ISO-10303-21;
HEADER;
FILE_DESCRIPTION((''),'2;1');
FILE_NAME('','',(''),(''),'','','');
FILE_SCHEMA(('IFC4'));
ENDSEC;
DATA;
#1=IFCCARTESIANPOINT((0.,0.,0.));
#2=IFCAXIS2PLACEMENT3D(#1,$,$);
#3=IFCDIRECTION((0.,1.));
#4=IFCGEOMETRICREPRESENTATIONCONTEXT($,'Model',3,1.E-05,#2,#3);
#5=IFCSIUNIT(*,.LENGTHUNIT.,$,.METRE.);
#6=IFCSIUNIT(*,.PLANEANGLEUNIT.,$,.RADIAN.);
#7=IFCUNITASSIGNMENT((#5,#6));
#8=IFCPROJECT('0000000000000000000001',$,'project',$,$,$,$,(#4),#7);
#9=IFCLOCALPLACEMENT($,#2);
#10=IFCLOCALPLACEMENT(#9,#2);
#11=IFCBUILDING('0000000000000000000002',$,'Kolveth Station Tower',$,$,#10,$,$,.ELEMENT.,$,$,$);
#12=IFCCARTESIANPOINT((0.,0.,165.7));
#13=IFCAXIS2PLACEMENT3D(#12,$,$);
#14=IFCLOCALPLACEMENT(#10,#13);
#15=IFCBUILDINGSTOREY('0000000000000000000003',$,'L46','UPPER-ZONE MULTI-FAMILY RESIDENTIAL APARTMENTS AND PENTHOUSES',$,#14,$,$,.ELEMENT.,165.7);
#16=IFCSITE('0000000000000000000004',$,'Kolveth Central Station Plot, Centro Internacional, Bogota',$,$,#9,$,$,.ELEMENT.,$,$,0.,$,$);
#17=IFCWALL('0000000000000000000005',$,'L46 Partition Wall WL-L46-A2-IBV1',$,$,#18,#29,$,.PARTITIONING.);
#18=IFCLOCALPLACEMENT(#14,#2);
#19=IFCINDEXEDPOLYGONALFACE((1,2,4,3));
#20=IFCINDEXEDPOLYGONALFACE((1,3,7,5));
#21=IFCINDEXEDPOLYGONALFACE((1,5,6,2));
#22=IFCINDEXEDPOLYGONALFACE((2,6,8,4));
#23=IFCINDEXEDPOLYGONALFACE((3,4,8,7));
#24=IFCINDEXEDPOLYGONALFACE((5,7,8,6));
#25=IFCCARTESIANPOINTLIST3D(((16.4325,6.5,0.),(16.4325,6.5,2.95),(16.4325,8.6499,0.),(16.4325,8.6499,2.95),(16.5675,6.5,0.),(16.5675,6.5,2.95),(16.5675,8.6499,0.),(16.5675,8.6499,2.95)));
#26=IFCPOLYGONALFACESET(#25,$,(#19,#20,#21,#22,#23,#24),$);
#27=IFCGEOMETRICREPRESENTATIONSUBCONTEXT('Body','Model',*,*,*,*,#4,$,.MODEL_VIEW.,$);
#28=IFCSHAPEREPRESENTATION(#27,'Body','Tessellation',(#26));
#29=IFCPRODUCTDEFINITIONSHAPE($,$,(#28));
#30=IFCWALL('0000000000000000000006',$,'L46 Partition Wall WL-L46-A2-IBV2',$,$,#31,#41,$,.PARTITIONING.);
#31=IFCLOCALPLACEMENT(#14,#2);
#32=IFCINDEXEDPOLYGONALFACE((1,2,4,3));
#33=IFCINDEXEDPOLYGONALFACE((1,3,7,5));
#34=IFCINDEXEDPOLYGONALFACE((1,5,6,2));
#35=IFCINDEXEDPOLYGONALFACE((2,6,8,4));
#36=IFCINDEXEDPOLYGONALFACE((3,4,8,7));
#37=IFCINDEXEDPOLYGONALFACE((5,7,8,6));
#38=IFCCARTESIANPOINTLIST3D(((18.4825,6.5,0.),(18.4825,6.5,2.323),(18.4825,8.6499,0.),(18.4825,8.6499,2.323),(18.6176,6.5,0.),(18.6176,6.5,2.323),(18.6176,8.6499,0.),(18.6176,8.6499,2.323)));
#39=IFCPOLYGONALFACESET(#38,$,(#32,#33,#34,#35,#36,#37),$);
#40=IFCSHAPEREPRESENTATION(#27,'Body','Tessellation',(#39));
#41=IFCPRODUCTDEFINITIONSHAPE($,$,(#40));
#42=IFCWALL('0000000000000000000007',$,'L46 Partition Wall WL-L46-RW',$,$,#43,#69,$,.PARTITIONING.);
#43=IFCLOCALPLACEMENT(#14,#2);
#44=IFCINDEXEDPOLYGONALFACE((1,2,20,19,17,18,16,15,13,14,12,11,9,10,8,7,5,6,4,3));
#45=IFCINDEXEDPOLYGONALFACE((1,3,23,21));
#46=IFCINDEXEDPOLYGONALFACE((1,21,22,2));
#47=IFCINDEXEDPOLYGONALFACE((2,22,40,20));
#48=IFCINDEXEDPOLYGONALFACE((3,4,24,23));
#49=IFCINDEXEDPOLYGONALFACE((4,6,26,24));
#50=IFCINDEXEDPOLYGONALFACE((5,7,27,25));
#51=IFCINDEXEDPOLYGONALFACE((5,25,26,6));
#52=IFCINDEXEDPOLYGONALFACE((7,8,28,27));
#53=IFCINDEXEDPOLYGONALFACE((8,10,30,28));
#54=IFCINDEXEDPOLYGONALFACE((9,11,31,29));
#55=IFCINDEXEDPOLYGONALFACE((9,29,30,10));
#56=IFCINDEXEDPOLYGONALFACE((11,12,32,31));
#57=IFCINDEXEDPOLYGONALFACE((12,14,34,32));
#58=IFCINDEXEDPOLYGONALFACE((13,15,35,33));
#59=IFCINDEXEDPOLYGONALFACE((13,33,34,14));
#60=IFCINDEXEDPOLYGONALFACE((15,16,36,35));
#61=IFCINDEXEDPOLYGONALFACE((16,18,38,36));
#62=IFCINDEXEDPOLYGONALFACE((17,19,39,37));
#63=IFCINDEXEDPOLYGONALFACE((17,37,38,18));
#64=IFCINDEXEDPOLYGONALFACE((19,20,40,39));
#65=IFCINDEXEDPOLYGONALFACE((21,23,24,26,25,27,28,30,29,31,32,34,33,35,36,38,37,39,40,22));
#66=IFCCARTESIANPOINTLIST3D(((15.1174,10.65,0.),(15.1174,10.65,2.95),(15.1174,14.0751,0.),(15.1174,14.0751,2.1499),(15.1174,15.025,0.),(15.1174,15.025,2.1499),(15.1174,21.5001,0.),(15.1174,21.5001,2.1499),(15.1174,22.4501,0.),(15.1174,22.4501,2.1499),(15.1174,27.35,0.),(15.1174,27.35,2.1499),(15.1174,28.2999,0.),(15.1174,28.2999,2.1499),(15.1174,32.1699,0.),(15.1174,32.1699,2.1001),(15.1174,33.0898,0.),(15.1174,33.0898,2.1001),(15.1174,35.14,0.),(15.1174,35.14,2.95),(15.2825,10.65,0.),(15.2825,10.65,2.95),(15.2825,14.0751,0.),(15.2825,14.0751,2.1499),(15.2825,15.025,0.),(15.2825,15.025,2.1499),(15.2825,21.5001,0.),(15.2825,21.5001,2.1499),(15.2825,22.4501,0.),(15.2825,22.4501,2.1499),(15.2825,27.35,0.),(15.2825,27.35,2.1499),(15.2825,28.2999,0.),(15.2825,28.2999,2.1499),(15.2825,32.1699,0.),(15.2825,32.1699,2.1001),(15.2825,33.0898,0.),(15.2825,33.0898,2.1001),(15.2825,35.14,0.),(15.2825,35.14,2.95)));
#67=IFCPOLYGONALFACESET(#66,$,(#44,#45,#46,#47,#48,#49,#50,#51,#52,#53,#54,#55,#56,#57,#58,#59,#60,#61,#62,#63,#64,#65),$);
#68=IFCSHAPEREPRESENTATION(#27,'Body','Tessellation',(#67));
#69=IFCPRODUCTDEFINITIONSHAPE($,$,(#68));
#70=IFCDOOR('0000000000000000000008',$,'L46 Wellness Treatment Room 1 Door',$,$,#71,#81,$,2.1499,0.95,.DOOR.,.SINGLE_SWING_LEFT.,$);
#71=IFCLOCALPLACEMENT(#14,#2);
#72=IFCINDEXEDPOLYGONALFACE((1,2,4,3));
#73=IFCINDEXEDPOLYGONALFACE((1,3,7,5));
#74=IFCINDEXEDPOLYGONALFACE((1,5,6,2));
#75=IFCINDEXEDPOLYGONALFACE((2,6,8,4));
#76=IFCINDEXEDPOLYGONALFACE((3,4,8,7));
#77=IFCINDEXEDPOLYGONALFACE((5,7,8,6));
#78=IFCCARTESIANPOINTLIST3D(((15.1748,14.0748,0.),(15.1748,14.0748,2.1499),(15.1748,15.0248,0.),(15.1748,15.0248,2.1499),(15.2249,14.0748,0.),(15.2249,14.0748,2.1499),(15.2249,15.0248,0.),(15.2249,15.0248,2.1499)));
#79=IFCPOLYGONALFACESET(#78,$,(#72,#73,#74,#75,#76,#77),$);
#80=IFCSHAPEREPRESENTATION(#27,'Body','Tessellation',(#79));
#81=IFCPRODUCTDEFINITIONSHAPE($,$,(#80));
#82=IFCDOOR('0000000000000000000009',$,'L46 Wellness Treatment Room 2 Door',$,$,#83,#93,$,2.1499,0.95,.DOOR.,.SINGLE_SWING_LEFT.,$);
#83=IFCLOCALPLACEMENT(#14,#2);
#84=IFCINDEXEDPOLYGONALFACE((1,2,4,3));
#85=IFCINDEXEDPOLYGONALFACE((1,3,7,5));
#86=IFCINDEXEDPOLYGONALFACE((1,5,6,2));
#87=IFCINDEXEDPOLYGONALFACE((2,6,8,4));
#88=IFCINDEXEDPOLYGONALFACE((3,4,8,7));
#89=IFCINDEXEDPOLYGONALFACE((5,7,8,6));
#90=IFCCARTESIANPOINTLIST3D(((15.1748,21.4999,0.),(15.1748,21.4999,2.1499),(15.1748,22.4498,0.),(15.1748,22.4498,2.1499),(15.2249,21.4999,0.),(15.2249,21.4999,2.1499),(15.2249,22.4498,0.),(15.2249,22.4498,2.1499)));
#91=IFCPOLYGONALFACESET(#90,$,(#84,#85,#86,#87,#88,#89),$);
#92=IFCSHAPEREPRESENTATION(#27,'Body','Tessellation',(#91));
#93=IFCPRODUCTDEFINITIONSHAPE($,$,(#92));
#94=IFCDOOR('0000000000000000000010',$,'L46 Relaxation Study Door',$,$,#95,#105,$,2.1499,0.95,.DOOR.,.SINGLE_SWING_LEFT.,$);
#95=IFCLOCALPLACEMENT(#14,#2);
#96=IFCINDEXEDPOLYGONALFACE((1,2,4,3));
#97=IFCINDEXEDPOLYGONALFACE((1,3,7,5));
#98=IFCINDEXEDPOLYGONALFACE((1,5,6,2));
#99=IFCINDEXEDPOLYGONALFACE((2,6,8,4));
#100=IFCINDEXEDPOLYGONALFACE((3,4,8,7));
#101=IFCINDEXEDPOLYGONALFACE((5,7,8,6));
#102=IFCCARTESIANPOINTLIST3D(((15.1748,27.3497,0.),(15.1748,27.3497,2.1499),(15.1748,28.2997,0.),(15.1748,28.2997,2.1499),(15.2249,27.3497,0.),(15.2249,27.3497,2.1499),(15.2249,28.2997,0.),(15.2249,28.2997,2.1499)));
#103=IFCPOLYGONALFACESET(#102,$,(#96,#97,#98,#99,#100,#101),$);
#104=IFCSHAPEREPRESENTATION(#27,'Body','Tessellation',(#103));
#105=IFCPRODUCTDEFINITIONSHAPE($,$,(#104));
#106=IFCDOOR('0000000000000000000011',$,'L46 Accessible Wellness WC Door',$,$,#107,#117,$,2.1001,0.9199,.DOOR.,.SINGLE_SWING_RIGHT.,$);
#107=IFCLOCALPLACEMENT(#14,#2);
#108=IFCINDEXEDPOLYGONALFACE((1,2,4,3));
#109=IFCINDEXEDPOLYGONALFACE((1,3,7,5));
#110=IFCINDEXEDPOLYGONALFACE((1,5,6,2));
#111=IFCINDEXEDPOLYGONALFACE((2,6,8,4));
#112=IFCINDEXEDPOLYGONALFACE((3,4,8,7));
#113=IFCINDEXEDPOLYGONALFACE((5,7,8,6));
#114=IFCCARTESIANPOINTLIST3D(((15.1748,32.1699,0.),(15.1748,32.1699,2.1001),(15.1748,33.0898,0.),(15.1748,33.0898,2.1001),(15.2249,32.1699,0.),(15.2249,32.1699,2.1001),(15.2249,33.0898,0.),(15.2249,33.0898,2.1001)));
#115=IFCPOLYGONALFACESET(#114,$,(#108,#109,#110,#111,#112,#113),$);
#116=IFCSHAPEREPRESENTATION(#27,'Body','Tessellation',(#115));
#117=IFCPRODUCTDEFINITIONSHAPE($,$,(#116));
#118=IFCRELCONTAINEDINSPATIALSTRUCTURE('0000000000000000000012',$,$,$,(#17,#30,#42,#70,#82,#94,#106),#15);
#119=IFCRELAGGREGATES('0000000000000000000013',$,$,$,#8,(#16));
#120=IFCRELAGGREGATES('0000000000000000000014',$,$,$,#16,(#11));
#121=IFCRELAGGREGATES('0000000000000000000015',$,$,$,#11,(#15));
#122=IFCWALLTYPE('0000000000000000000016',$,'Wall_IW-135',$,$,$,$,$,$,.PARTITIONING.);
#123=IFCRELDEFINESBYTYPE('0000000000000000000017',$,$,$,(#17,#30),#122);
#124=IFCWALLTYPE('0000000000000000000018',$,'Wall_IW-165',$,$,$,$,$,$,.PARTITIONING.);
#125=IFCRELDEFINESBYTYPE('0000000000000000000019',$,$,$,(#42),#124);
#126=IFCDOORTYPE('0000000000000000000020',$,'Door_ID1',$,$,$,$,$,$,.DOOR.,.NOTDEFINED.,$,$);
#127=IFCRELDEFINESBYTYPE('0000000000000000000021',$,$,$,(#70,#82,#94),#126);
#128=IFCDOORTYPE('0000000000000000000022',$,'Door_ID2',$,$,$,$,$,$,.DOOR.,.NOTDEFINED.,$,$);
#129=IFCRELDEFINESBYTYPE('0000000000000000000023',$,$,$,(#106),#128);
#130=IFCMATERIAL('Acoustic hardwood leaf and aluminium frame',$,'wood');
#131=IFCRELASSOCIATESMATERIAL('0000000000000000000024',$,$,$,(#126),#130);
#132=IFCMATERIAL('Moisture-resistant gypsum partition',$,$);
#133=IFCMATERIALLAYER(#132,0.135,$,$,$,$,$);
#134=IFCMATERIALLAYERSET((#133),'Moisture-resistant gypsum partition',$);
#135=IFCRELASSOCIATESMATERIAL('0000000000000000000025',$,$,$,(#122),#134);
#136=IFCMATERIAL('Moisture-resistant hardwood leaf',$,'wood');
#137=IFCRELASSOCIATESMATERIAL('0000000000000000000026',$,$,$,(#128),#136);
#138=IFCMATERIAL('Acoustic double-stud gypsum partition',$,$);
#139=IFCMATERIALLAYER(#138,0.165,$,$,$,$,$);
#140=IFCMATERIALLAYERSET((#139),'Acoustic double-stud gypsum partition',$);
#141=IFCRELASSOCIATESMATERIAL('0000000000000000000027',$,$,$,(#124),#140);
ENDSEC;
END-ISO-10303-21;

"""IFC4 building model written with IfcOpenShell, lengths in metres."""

from ifc_helpers import new_model, si_unit, direction, frame, frame_2d, origin, place, context, subcontext, project, spatial, rectangle, extrude, material, layer, layer_set, type_object, element, fill, save


model = new_model("IFC4")

# Units and contexts
model_context = context("Model", 3, precision=1e-05, world=origin(), true_north=direction((0.0, 1.0)))
body_context = subcontext(model_context, "Body", "Model", "MODEL_VIEW")
ifc_project = project(units=[si_unit("LENGTHUNIT", "METRE"), si_unit("PLANEANGLEUNIT", "RADIAN")], contexts=[model_context])

# Site, building, storey
site_placement = place(None, origin())
site = spatial("IfcSite", under=ifc_project, at=site_placement, Name="Kolveth Central Station Plot, Centro Internacional, Bogota", CompositionType="ELEMENT", RefElevation=0.0)
building_placement = place(site_placement, origin())
building = spatial("IfcBuilding", under=site, at=building_placement, Name="Kolveth Station Tower", CompositionType="ELEMENT")
storey_placement = place(building_placement, frame((0.0, 0.0, 165.7)))
storey = spatial("IfcBuildingStorey", under=building, at=storey_placement, Name="L46", Description="UPPER-ZONE MULTI-FAMILY RESIDENTIAL APARTMENTS AND PENTHOUSES", CompositionType="ELEMENT", Elevation=165.7)

# Shared definitions
ifc_material_1 = material(Name="Acoustic hardwood leaf and aluminium frame", Category="wood")
door_type_1 = type_object("IfcDoorType", Name="Door_ID1", OperationType="NOTDEFINED", PredefinedType="DOOR", material=ifc_material_1)

# Shared definitions
ifc_material_2 = material(Name="Moisture-resistant gypsum partition")
ifc_layer_1 = layer(ifc_material_2, 0.135)
ifc_layer_set_1 = layer_set([ifc_layer_1], Name="Moisture-resistant gypsum partition")
wall_type_1 = type_object("IfcWallType", Name="Wall_IW-135", PredefinedType="PARTITIONING", material=ifc_layer_set_1)
ifc_material_3 = material(Name="Moisture-resistant hardwood leaf", Category="wood")
door_type_2 = type_object("IfcDoorType", Name="Door_ID2", OperationType="NOTDEFINED", PredefinedType="DOOR", material=ifc_material_3)

# Walls
for number, where, z_axis, x_axis, name in (
    (1, (16.5, 6.5, 0.0), (0.0, 0.0, 1.0), (0.0, 1.0, 0.0), "L46 Partition Wall WL-L46-A2-IBV1"),
):
    element("IfcWall", number, at=place(storey_placement, frame(where, z_axis=z_axis, x_axis=x_axis)), inside=storey, type_object=wall_type_1, Name=name, PredefinedType="PARTITIONING", context=body_context, shape_type="SweptSolid", body=[
        extrude(rectangle(XDim=2.1499, YDim=0.135, at=frame_2d((1.075, 0.0))), origin(), (0.0, 0.0, 1.0), 2.95),
    ])
wall_1_placement = place(storey_placement, frame((18.55, 6.5, 0.0), z_axis=(0.0, 0.0, 1.0), x_axis=(0.0, 1.0, 0.0)))
element("IfcWall", 2, at=wall_1_placement, inside=storey, type_object=wall_type_1, Name="L46 Partition Wall WL-L46-A2-IBV2", PredefinedType="PARTITIONING", context=body_context, shape_type="SweptSolid", body=[
    extrude(rectangle(XDim=2.1499, YDim=0.135, at=frame_2d((1.075, 0.0))), origin(), (0.0, 0.0, 1.0), 2.323),
])

# Wall, openings, doors
ifc_material_4 = material(Name="Acoustic double-stud gypsum partition")
ifc_layer_2 = layer(ifc_material_4, 0.165)
ifc_layer_set_2 = layer_set([ifc_layer_2], Name="Acoustic double-stud gypsum partition")
wall_type_2 = type_object("IfcWallType", Name="Wall_IW-165", PredefinedType="PARTITIONING", material=ifc_layer_set_2)
wall_2_placement = place(storey_placement, frame((15.2, 10.6499, 0.0), z_axis=(0.0, 0.0, 1.0), x_axis=(0.0, 1.0, 0.0)))
wall_2 = element("IfcWall", 3, at=wall_2_placement, inside=storey, type_object=wall_type_2, Name="L46 Partition Wall WL-L46-RW", PredefinedType="PARTITIONING", context=body_context, shape_type="SweptSolid", body=[
    extrude(rectangle(XDim=24.49, YDim=0.165, at=frame_2d((12.2451, 0.0))), origin(), (0.0, 0.0, 1.0), 2.95),
])
opening_1_placement = place(wall_2_placement, frame((3.425, 0.0, 0.0)))
opening_1 = element("IfcOpeningElement", 4, at=opening_1_placement, cuts=wall_2, PredefinedType="OPENING", context=body_context, shape_type="SweptSolid", body=[
    extrude(rectangle(XDim=0.95, YDim=2.1499, at=frame_2d((0.4751, 1.075))), frame((0.0, 0.0925, 0.0), z_axis=(0.0, -1.0, 0.0), x_axis=(1.0, 0.0, 0.0)), (0.0, 0.0, 1.0), 0.1851),
])
opening_2_placement = place(wall_2_placement, frame((10.8501, 0.0, 0.0)))
opening_2 = element("IfcOpeningElement", 5, at=opening_2_placement, cuts=wall_2, PredefinedType="OPENING", context=body_context, shape_type="SweptSolid", body=[
    extrude(rectangle(XDim=0.95, YDim=2.1499, at=frame_2d((0.4751, 1.075))), frame((0.0, 0.0925, 0.0), z_axis=(0.0, -1.0, 0.0), x_axis=(1.0, 0.0, 0.0)), (0.0, 0.0, 1.0), 0.1851),
])
opening_3_placement = place(wall_2_placement, frame((16.7, 0.0, 0.0)))
opening_3 = element("IfcOpeningElement", 6, at=opening_3_placement, cuts=wall_2, PredefinedType="OPENING", context=body_context, shape_type="SweptSolid", body=[
    extrude(rectangle(XDim=0.95, YDim=2.1499, at=frame_2d((0.4751, 1.075))), frame((0.0, 0.0925, 0.0), z_axis=(0.0, -1.0, 0.0), x_axis=(1.0, 0.0, 0.0)), (0.0, 0.0, 1.0), 0.1851),
])
opening_4_placement = place(wall_2_placement, frame((21.52, 0.0, 0.0)))
opening_4 = element("IfcOpeningElement", 7, at=opening_4_placement, cuts=wall_2, PredefinedType="OPENING", context=body_context, shape_type="SweptSolid", body=[
    extrude(rectangle(XDim=0.9199, YDim=2.1001, at=frame_2d((0.46, 1.05))), frame((0.0, 0.0925, 0.0), z_axis=(0.0, -1.0, 0.0), x_axis=(1.0, 0.0, 0.0)), (0.0, 0.0, 1.0), 0.1851),
])
door_1_placement = place(opening_1_placement, frame((0.95, 0.0, 0.0), z_axis=(0.0, 0.0, 1.0), x_axis=(-1.0, 0.0, 0.0)))
door_1 = element("IfcDoor", 8, at=door_1_placement, inside=storey, type_object=door_type_1, Name="L46 Wellness Treatment Room 1 Door", OperationType="SINGLE_SWING_LEFT", OverallHeight=2.1499, OverallWidth=0.95, PredefinedType="DOOR", context=body_context, shape_type="SweptSolid", body=[
    extrude(rectangle(XDim=0.95, YDim=2.1499, at=frame_2d((0.4751, 1.075))), frame((0.0, 0.0249, 0.0), z_axis=(0.0, -1.0, 0.0), x_axis=(1.0, 0.0, 0.0)), (0.0, 0.0, 1.0), 0.05),
])
fill(opening_1, door_1)
door_2_placement = place(opening_2_placement, frame((0.95, 0.0, 0.0), z_axis=(0.0, 0.0, 1.0), x_axis=(-1.0, 0.0, 0.0)))
door_2 = element("IfcDoor", 9, at=door_2_placement, inside=storey, type_object=door_type_1, Name="L46 Wellness Treatment Room 2 Door", OperationType="SINGLE_SWING_LEFT", OverallHeight=2.1499, OverallWidth=0.95, PredefinedType="DOOR", context=body_context, shape_type="SweptSolid", body=[
    extrude(rectangle(XDim=0.95, YDim=2.1499, at=frame_2d((0.4751, 1.075))), frame((0.0, 0.0249, 0.0), z_axis=(0.0, -1.0, 0.0), x_axis=(1.0, 0.0, 0.0)), (0.0, 0.0, 1.0), 0.05),
])
fill(opening_2, door_2)
door_3_placement = place(opening_3_placement, frame((0.95, 0.0, 0.0), z_axis=(0.0, 0.0, 1.0), x_axis=(-1.0, 0.0, 0.0)))
door_3 = element("IfcDoor", 10, at=door_3_placement, inside=storey, type_object=door_type_1, Name="L46 Relaxation Study Door", OperationType="SINGLE_SWING_LEFT", OverallHeight=2.1499, OverallWidth=0.95, PredefinedType="DOOR", context=body_context, shape_type="SweptSolid", body=[
    extrude(rectangle(XDim=0.95, YDim=2.1499, at=frame_2d((0.4751, 1.075))), frame((0.0, 0.0249, 0.0), z_axis=(0.0, -1.0, 0.0), x_axis=(1.0, 0.0, 0.0)), (0.0, 0.0, 1.0), 0.05),
])
fill(opening_3, door_3)
door_4_placement = place(opening_4_placement, frame((0.9199, 0.0, 0.0), z_axis=(0.0, 0.0, 1.0), x_axis=(-1.0, 0.0, 0.0)))
door_4 = element("IfcDoor", 11, at=door_4_placement, inside=storey, type_object=door_type_2, Name="L46 Accessible Wellness WC Door", OperationType="SINGLE_SWING_RIGHT", OverallHeight=2.1001, OverallWidth=0.9199, PredefinedType="DOOR", context=body_context, shape_type="SweptSolid", body=[
    extrude(rectangle(XDim=0.9199, YDim=2.1001, at=frame_2d((0.46, 1.05))), frame((0.0, 0.0249, 0.0), z_axis=(0.0, -1.0, 0.0), x_axis=(1.0, 0.0, 0.0)), (0.0, 0.0, 1.0), 0.05),
])
fill(opening_4, door_4)

save(model, "model.ifc")
